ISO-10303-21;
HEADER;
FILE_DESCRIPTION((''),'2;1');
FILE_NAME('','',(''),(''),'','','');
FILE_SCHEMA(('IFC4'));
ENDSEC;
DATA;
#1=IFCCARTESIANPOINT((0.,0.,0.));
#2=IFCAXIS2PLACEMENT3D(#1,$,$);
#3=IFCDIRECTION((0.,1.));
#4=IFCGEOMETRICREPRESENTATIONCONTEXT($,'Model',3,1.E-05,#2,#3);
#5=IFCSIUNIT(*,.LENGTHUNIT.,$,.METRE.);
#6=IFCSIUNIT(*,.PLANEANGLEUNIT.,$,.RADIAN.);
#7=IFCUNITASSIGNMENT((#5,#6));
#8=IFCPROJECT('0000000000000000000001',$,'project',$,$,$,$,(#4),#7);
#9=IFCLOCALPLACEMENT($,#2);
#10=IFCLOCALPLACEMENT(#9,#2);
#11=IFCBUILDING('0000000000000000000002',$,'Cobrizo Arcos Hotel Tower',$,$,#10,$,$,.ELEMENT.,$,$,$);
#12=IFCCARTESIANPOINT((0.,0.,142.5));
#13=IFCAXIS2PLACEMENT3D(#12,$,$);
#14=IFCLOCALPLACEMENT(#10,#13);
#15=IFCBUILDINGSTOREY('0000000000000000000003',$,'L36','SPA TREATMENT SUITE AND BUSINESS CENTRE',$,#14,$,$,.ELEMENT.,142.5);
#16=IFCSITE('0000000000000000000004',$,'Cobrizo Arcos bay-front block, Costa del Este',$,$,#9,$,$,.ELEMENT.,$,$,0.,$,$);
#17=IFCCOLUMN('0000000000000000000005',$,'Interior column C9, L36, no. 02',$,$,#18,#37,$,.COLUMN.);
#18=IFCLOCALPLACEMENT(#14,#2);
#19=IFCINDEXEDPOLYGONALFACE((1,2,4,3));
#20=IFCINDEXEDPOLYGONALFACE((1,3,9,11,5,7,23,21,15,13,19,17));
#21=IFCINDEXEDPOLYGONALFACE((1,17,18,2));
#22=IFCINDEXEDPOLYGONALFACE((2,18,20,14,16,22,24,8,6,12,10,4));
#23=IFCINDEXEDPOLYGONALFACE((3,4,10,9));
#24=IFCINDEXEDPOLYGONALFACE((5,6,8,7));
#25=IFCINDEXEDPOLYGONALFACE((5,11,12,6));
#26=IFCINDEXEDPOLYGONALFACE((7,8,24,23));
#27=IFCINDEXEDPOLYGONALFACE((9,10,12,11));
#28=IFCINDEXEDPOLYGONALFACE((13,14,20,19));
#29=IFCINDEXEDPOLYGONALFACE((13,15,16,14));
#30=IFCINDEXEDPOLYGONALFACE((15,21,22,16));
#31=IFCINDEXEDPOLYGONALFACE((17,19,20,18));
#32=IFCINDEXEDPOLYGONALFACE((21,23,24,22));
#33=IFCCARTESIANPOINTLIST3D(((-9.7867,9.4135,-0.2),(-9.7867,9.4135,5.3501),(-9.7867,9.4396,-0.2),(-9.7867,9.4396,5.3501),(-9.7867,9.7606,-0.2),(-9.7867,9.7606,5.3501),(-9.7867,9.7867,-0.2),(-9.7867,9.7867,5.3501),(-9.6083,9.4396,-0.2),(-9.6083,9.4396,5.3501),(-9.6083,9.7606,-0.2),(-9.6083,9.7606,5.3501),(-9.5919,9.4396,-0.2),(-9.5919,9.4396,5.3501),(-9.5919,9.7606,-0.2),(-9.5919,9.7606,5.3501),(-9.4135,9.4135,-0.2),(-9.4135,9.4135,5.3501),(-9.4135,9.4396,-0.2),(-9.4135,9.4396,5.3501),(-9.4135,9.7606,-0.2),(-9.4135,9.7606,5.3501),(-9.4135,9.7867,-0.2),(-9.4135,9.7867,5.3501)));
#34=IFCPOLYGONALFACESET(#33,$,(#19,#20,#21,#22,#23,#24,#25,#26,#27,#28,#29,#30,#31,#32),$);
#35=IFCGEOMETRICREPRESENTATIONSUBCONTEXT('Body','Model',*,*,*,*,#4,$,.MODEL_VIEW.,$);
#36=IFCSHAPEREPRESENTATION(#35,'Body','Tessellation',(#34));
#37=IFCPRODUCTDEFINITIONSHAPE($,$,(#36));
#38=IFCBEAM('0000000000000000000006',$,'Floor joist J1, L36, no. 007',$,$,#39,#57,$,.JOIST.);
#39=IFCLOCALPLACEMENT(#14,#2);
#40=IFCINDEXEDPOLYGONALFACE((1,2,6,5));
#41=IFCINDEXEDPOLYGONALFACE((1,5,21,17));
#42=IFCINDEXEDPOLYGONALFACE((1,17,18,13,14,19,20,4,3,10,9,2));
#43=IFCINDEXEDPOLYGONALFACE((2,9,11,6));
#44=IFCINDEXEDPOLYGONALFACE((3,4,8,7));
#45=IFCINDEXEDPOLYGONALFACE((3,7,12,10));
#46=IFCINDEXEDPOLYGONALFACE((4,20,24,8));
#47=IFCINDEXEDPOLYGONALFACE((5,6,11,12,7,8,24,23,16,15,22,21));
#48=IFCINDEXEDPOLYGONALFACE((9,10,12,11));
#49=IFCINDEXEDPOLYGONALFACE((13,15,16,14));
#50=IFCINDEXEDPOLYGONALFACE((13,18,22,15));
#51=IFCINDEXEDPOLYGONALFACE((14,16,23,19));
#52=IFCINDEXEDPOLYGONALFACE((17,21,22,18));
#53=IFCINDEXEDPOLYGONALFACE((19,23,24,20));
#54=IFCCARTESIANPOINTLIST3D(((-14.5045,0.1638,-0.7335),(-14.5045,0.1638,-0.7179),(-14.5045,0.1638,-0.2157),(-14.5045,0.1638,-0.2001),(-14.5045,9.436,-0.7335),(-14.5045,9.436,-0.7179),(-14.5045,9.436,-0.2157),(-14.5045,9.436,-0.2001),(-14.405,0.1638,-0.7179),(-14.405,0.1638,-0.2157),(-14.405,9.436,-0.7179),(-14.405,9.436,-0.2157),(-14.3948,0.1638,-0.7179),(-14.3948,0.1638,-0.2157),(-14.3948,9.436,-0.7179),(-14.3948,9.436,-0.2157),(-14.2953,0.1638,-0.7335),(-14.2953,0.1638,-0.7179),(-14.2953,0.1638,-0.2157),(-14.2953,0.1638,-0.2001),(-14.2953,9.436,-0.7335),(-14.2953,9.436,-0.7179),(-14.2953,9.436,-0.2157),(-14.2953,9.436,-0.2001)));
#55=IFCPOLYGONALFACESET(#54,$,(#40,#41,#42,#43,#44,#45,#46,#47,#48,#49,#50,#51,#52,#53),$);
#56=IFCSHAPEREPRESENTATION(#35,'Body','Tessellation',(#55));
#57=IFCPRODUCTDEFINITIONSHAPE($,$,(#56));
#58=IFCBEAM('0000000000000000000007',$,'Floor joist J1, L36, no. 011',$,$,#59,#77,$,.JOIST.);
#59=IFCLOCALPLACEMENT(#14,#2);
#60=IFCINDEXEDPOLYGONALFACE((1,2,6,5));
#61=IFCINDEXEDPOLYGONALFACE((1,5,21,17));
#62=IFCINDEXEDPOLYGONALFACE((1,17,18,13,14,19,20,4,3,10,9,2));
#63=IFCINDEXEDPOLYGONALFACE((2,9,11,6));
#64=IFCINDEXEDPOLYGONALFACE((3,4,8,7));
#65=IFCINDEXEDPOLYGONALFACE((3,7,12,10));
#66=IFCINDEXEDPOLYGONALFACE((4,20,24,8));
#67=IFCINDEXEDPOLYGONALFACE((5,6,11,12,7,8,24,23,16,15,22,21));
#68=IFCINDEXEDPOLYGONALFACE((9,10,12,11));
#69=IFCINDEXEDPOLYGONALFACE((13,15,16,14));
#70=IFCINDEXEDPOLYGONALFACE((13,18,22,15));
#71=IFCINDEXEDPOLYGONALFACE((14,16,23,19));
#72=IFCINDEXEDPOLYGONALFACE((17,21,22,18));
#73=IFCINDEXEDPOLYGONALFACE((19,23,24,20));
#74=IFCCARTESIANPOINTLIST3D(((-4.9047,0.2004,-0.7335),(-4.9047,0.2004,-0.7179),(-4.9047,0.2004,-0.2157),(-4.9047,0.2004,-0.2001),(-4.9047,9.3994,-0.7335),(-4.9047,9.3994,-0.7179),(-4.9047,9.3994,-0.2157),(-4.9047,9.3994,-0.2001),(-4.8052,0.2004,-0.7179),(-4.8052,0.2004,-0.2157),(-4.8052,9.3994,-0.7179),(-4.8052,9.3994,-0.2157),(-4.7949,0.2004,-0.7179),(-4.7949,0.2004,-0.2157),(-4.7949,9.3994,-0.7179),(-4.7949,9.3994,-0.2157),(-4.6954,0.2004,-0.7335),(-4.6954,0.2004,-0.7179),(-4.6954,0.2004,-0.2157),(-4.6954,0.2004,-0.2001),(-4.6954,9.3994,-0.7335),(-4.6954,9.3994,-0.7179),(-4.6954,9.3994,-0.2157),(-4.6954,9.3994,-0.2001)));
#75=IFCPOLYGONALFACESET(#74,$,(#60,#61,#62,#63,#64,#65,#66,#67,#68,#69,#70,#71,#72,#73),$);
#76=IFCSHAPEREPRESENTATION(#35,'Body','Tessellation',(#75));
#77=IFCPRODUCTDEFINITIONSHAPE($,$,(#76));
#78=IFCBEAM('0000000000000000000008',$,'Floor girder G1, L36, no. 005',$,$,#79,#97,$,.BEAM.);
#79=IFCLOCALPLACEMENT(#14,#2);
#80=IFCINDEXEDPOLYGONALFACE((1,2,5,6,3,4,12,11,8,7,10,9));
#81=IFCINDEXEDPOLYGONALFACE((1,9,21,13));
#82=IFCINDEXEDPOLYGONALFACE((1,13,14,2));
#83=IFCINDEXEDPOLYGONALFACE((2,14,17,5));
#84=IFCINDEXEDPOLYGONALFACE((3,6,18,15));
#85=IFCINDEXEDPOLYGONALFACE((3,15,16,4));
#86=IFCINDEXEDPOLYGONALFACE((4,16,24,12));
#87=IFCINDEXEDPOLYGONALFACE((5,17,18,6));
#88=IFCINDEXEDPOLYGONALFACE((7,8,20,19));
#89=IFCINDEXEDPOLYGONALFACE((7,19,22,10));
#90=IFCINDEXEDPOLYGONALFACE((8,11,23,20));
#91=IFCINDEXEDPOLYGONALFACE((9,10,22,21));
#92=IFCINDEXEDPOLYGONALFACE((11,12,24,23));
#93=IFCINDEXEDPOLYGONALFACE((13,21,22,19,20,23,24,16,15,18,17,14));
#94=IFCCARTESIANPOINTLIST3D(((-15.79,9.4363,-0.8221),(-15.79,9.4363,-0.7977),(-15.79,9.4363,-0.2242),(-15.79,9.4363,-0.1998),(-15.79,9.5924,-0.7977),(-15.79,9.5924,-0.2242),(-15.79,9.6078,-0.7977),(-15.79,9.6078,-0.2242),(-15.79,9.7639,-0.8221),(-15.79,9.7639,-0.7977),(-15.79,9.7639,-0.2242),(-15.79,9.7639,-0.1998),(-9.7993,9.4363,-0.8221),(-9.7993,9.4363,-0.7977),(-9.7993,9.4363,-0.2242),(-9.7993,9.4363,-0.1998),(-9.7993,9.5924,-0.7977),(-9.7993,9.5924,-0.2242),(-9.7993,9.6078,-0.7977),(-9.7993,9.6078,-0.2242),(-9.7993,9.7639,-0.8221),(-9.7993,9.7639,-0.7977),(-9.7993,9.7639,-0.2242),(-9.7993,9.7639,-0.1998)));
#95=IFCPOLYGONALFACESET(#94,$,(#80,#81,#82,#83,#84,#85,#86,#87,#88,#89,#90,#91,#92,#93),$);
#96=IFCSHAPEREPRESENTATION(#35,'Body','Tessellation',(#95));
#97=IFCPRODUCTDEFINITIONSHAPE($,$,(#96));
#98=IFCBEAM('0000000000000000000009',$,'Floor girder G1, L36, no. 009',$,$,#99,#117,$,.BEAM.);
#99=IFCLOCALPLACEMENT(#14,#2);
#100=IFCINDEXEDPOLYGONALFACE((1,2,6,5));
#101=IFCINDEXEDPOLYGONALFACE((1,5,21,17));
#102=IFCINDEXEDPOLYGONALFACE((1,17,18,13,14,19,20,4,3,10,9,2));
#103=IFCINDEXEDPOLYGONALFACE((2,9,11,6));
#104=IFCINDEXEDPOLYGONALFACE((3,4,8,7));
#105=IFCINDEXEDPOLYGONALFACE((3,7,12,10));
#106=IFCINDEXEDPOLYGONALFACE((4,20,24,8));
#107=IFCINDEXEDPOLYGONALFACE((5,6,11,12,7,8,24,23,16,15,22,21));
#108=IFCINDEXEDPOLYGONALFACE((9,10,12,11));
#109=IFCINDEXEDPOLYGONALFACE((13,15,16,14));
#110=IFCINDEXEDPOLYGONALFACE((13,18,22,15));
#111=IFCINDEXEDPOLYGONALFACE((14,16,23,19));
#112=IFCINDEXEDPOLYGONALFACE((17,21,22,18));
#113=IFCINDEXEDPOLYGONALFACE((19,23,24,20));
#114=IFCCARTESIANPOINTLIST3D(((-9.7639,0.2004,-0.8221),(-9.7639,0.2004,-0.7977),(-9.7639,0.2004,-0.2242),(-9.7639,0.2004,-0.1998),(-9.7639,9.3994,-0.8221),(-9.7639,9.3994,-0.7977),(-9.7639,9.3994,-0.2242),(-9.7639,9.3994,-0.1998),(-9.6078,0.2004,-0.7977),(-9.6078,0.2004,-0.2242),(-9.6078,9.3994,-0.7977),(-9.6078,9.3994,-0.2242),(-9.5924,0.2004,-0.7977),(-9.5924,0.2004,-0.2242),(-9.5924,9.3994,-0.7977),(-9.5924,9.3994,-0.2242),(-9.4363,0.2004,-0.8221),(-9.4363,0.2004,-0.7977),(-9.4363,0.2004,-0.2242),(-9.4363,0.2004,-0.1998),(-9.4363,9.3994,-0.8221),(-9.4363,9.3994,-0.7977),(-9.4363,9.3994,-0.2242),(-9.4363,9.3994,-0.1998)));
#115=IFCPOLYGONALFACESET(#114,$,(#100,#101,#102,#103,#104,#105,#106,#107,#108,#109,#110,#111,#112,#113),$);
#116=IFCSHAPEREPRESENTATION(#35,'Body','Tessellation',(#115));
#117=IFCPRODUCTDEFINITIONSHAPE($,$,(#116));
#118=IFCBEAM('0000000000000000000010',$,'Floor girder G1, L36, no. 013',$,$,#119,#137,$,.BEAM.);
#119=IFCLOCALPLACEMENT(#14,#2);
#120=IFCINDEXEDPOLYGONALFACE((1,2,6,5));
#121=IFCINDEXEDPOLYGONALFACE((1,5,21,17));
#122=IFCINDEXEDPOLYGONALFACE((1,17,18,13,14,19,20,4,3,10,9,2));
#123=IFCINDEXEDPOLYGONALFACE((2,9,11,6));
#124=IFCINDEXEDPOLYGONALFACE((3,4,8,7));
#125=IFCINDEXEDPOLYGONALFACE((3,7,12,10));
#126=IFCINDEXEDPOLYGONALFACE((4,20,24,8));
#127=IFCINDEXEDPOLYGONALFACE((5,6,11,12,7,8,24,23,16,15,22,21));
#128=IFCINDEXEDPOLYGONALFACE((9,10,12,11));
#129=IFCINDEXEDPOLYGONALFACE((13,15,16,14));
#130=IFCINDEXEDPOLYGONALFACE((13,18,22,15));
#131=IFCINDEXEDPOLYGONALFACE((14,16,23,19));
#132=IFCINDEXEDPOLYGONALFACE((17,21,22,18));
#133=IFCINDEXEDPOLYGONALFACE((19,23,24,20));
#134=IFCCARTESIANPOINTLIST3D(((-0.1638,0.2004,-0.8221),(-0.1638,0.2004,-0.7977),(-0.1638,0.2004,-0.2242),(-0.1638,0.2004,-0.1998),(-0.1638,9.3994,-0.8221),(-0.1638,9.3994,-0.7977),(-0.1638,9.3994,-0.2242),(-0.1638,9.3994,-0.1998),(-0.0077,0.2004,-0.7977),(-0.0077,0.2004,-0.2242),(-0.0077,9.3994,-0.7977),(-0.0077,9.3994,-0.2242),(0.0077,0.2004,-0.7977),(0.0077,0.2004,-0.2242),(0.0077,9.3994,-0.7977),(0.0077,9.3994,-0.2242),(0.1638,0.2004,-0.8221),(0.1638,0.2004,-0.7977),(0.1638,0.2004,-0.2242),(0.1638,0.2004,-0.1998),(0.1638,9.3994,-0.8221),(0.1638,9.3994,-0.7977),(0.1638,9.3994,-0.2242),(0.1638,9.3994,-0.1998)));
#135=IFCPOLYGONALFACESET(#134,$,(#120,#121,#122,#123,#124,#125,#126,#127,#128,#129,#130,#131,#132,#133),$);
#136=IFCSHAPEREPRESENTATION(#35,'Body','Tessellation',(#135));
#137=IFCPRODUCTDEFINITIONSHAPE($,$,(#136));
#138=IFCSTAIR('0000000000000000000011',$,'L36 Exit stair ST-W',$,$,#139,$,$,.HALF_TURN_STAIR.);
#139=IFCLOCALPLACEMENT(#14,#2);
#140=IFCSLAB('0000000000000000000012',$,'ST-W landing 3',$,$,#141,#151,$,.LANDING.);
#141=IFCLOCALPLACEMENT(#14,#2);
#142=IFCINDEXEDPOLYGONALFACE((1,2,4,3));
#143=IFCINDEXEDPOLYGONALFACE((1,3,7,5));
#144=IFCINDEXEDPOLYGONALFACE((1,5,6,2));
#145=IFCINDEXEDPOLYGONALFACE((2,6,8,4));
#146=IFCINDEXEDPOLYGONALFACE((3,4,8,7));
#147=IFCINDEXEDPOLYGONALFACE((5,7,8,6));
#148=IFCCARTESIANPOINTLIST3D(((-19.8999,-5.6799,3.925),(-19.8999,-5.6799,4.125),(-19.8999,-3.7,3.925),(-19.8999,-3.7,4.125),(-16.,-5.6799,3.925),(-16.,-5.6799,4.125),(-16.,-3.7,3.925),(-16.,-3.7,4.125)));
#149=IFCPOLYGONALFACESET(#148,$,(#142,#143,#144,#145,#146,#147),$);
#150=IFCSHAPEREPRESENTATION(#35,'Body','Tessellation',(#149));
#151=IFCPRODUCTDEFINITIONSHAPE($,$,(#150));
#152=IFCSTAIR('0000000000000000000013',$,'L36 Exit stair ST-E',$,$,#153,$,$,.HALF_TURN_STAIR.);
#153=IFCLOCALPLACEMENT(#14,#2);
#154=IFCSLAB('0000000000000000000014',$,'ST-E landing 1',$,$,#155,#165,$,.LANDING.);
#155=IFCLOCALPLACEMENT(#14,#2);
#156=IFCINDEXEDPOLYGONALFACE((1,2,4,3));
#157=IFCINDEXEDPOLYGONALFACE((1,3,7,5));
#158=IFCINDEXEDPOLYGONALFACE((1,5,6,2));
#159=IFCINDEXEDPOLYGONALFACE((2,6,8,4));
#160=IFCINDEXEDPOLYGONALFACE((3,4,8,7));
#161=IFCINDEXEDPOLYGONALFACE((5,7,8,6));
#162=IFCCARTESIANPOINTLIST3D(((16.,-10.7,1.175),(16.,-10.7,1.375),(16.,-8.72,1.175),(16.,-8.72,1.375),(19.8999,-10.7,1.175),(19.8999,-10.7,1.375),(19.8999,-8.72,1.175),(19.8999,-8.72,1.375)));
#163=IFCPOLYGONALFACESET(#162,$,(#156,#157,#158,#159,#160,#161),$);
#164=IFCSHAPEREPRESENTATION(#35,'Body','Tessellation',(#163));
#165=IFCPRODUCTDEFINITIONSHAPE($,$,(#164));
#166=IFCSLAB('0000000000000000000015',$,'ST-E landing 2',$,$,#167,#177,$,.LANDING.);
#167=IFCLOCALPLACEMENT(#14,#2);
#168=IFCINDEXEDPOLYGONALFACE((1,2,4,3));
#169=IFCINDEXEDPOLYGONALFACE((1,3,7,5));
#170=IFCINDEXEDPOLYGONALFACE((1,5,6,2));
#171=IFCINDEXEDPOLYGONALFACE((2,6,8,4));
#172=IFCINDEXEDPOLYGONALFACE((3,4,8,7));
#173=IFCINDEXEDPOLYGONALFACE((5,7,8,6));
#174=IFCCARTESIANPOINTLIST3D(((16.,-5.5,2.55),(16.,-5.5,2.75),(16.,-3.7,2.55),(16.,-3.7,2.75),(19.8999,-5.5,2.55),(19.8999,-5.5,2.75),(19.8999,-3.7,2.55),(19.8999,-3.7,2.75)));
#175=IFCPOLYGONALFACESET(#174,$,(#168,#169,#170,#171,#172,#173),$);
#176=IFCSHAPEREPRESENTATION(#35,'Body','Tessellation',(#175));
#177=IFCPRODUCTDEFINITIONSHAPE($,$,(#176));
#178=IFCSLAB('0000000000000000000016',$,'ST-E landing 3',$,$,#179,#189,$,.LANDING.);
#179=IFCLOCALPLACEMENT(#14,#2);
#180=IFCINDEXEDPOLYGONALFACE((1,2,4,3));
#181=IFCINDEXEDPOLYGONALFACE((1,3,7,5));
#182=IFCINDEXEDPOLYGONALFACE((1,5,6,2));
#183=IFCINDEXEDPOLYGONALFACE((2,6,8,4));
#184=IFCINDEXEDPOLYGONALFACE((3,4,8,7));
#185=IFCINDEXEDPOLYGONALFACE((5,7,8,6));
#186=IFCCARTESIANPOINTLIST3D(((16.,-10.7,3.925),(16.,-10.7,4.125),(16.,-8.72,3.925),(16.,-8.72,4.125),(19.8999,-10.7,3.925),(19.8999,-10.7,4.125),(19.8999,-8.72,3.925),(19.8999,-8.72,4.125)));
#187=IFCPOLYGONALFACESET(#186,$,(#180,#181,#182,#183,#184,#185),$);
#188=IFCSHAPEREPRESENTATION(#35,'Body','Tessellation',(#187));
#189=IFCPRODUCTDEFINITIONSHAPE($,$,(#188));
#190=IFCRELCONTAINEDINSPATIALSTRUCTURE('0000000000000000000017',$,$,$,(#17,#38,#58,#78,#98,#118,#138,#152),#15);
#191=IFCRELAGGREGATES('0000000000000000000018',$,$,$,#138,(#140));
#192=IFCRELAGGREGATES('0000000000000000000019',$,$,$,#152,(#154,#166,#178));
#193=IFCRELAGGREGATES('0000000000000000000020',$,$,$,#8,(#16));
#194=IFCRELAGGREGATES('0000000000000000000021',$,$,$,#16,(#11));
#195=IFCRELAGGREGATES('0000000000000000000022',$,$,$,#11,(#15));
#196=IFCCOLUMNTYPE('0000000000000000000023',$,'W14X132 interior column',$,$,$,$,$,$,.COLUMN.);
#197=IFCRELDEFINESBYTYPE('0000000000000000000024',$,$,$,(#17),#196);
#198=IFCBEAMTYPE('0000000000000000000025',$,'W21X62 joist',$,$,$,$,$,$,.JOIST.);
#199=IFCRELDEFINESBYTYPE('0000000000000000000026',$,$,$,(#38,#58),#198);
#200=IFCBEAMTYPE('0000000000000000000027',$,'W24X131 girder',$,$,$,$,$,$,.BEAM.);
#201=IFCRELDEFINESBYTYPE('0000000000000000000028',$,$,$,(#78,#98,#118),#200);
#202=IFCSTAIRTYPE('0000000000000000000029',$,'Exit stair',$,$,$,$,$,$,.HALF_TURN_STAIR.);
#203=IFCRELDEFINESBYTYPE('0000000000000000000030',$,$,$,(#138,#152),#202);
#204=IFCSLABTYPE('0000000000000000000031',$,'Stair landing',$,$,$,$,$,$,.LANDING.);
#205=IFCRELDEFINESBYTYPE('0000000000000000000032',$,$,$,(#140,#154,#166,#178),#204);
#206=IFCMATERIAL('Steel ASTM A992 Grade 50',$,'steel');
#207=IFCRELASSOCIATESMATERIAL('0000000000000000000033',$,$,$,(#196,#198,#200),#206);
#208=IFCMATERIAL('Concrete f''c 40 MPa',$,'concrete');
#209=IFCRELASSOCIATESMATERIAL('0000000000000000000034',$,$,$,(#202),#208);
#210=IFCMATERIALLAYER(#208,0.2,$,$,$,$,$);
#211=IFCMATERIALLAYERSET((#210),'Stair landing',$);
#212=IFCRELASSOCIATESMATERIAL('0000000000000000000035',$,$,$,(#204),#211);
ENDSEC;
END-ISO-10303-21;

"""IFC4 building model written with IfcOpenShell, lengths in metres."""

from ifc_helpers import new_model, si_unit, direction, frame, origin, origin_2d, place, context, subcontext, project, spatial, polyline, i_section, outline, extrude, material, layer, layer_set, material_profile, profile_set, type_object, element, aggregate, save


model = new_model("IFC4")

# Units and contexts
model_context = context("Model", 3, precision=1e-05, world=origin(), true_north=direction((0.0, 1.0)))
body_context = subcontext(model_context, "Body", "Model", "MODEL_VIEW")
ifc_project = project(units=[si_unit("LENGTHUNIT", "METRE"), si_unit("PLANEANGLEUNIT", "RADIAN")], contexts=[model_context])

# Site, building, storey
site_placement = place(None, origin())
site = spatial("IfcSite", under=ifc_project, at=site_placement, Name="Cobrizo Arcos bay-front block, Costa del Este", CompositionType="ELEMENT", RefElevation=0.0)
building_placement = place(site_placement, origin())
building = spatial("IfcBuilding", under=site, at=building_placement, Name="Cobrizo Arcos Hotel Tower", CompositionType="ELEMENT")
storey_placement = place(building_placement, frame((0.0, 0.0, 142.5)))
storey = spatial("IfcBuildingStorey", under=building, at=storey_placement, Name="L36", Description="SPA TREATMENT SUITE AND BUSINESS CENTRE", CompositionType="ELEMENT", Elevation=142.5)

# Column
ifc_material_1 = material(Name="Steel ASTM A992 Grade 50", Category="steel")
ifc_material_profile_1 = material_profile(ifc_material_1, i_section(OverallWidth=0.3733, OverallDepth=0.3733, WebThickness=0.0164, FlangeThickness=0.0261, at=origin_2d()), Name="W14X132")
ifc_profile_set_1 = profile_set([ifc_material_profile_1], Name="Steel ASTM A992 Grade 50")
column_type = type_object("IfcColumnType", Name="W14X132 interior column", PredefinedType="COLUMN", material=ifc_profile_set_1)
column_placement = place(storey_placement, frame((-9.6001, 9.6001, -0.2), z_axis=(0.0, 0.0, 1.0), x_axis=(1.0, 0.0, 0.0)))
element("IfcColumn", 1, at=column_placement, inside=storey, type_object=column_type, Name="Interior column C9, L36, no. 02", PredefinedType="COLUMN", context=body_context, shape_type="SweptSolid", body=[
    extrude(i_section(OverallWidth=0.3733, OverallDepth=0.3733, WebThickness=0.0164, FlangeThickness=0.0261, at=origin_2d()), origin(), (0.0, 0.0, 1.0), 5.55),
])

# Beams
ifc_material_profile_2 = material_profile(ifc_material_1, i_section(OverallWidth=0.2092, OverallDepth=0.5334, WebThickness=0.0103, FlangeThickness=0.0156, at=origin_2d()), Name="W21X62")
ifc_profile_set_2 = profile_set([ifc_material_profile_2], Name="Steel ASTM A992 Grade 50")
beam_type_1 = type_object("IfcBeamType", Name="W21X62 joist", PredefinedType="JOIST", material=ifc_profile_set_2)
beam_1_placement = place(storey_placement, frame((-14.3999, 0.1638, -0.4668), z_axis=(0.0, 1.0, 0.0), x_axis=(-1.0, 0.0, 0.0)))
element("IfcBeam", 2, at=beam_1_placement, inside=storey, type_object=beam_type_1, Name="Floor joist J1, L36, no. 007", PredefinedType="JOIST", context=body_context, shape_type="SweptSolid", body=[
    extrude(i_section(OverallWidth=0.2092, OverallDepth=0.5334, WebThickness=0.0103, FlangeThickness=0.0156, at=origin_2d()), origin(), (0.0, 0.0, 1.0), 9.2722),
])
beam_2_placement = place(storey_placement, frame((-4.8, 0.2004, -0.4668), z_axis=(0.0, 1.0, 0.0), x_axis=(-1.0, 0.0, 0.0)))
element("IfcBeam", 3, at=beam_2_placement, inside=storey, type_object=beam_type_1, Name="Floor joist J1, L36, no. 011", PredefinedType="JOIST", context=body_context, shape_type="SweptSolid", body=[
    extrude(i_section(OverallWidth=0.2092, OverallDepth=0.5334, WebThickness=0.0103, FlangeThickness=0.0156, at=origin_2d()), origin(), (0.0, 0.0, 1.0), 9.199),
])
ifc_material_profile_3 = material_profile(ifc_material_1, i_section(OverallWidth=0.3276, OverallDepth=0.6223, WebThickness=0.0154, FlangeThickness=0.0244, at=origin_2d()), Name="W24X131")
ifc_profile_set_3 = profile_set([ifc_material_profile_3], Name="Steel ASTM A992 Grade 50")
beam_type_2 = type_object("IfcBeamType", Name="W24X131 girder", PredefinedType="BEAM", material=ifc_profile_set_3)
beam_3_placement = place(storey_placement, frame((-15.79, 9.6001, -0.511), z_axis=(1.0, 0.0, 0.0), x_axis=(0.0, 1.0, 0.0)))
element("IfcBeam", 4, at=beam_3_placement, inside=storey, type_object=beam_type_2, Name="Floor girder G1, L36, no. 005", PredefinedType="BEAM", context=body_context, shape_type="SweptSolid", body=[
    extrude(i_section(OverallWidth=0.3276, OverallDepth=0.6223, WebThickness=0.0154, FlangeThickness=0.0244, at=origin_2d()), origin(), (0.0, 0.0, 1.0), 5.9907),
])
for number, where, z_axis, x_axis, name in (
    (5, (-9.6001, 0.2004, -0.511), (0.0, 1.0, 0.0), (-1.0, 0.0, 0.0), "Floor girder G1, L36, no. 009"),
    (6, (0.0, 0.2004, -0.511), (0.0, 1.0, 0.0), (-1.0, 0.0, 0.0), "Floor girder G1, L36, no. 013"),
):
    element("IfcBeam", number, at=place(storey_placement, frame(where, z_axis=z_axis, x_axis=x_axis)), inside=storey, type_object=beam_type_2, Name=name, PredefinedType="BEAM", context=body_context, shape_type="SweptSolid", body=[
        extrude(i_section(OverallWidth=0.3276, OverallDepth=0.6223, WebThickness=0.0154, FlangeThickness=0.0244, at=origin_2d()), origin(), (0.0, 0.0, 1.0), 9.199),
    ])

# Stair, slab
ifc_material_2 = material(Name="Concrete f'c 40 MPa", Category="concrete")
stair_type = type_object("IfcStairType", Name="Exit stair", PredefinedType="HALF_TURN_STAIR", material=ifc_material_2)
stair_1_placement = place(storey_placement, origin())
stair_1 = element("IfcStair", 7, at=stair_1_placement, inside=storey, type_object=stair_type, Name="L36 Exit stair ST-W", PredefinedType="HALF_TURN_STAIR")
ifc_layer_1 = layer(ifc_material_2, 0.2)
ifc_layer_set_1 = layer_set([ifc_layer_1], Name="Stair landing")
slab_type = type_object("IfcSlabType", Name="Stair landing", PredefinedType="LANDING", material=ifc_layer_set_1)
slab_1_placement = place(storey_placement, frame((0.0, 0.0, 3.925)))
slab_1 = element("IfcSlab", 8, at=slab_1_placement, type_object=slab_type, Name="ST-W landing 3", PredefinedType="LANDING", context=body_context, shape_type="SweptSolid", body=[
    extrude(outline(polyline([(-16.0, -5.6799), (-16.0, -3.7), (-19.8999, -3.7), (-19.8999, -5.6799), (-16.0, -5.6799)])), origin(), (0.0, 0.0, 1.0), 0.2),
])
aggregate(stair_1, [slab_1])

# Stair, slabs
stair_2_placement = place(storey_placement, origin())
stair_2 = element("IfcStair", 9, at=stair_2_placement, inside=storey, type_object=stair_type, Name="L36 Exit stair ST-E", PredefinedType="HALF_TURN_STAIR")
slab_2_placement = place(storey_placement, frame((0.0, 0.0, 1.175)))
slab_2 = element("IfcSlab", 10, at=slab_2_placement, type_object=slab_type, Name="ST-E landing 1", PredefinedType="LANDING", context=body_context, shape_type="SweptSolid", body=[
    extrude(outline(polyline([(16.0, -8.72), (16.0, -10.7), (19.8999, -10.7), (19.8999, -8.72), (16.0, -8.72)])), origin(), (0.0, 0.0, 1.0), 0.2),
])
slab_3_placement = place(storey_placement, frame((0.0, 0.0, 2.55)))
slab_3 = element("IfcSlab", 11, at=slab_3_placement, type_object=slab_type, Name="ST-E landing 2", PredefinedType="LANDING", context=body_context, shape_type="SweptSolid", body=[
    extrude(outline(polyline([(16.0, -3.7), (16.0, -5.5), (19.8999, -5.5), (19.8999, -3.7), (16.0, -3.7)])), origin(), (0.0, 0.0, 1.0), 0.2),
])
slab_4_placement = place(storey_placement, frame((0.0, 0.0, 3.925)))
slab_4 = element("IfcSlab", 12, at=slab_4_placement, type_object=slab_type, Name="ST-E landing 3", PredefinedType="LANDING", context=body_context, shape_type="SweptSolid", body=[
    extrude(outline(polyline([(16.0, -8.72), (16.0, -10.7), (19.8999, -10.7), (19.8999, -8.72), (16.0, -8.72)])), origin(), (0.0, 0.0, 1.0), 0.2),
])
aggregate(stair_2, [slab_2, slab_3, slab_4])

save(model, "model.ifc")
